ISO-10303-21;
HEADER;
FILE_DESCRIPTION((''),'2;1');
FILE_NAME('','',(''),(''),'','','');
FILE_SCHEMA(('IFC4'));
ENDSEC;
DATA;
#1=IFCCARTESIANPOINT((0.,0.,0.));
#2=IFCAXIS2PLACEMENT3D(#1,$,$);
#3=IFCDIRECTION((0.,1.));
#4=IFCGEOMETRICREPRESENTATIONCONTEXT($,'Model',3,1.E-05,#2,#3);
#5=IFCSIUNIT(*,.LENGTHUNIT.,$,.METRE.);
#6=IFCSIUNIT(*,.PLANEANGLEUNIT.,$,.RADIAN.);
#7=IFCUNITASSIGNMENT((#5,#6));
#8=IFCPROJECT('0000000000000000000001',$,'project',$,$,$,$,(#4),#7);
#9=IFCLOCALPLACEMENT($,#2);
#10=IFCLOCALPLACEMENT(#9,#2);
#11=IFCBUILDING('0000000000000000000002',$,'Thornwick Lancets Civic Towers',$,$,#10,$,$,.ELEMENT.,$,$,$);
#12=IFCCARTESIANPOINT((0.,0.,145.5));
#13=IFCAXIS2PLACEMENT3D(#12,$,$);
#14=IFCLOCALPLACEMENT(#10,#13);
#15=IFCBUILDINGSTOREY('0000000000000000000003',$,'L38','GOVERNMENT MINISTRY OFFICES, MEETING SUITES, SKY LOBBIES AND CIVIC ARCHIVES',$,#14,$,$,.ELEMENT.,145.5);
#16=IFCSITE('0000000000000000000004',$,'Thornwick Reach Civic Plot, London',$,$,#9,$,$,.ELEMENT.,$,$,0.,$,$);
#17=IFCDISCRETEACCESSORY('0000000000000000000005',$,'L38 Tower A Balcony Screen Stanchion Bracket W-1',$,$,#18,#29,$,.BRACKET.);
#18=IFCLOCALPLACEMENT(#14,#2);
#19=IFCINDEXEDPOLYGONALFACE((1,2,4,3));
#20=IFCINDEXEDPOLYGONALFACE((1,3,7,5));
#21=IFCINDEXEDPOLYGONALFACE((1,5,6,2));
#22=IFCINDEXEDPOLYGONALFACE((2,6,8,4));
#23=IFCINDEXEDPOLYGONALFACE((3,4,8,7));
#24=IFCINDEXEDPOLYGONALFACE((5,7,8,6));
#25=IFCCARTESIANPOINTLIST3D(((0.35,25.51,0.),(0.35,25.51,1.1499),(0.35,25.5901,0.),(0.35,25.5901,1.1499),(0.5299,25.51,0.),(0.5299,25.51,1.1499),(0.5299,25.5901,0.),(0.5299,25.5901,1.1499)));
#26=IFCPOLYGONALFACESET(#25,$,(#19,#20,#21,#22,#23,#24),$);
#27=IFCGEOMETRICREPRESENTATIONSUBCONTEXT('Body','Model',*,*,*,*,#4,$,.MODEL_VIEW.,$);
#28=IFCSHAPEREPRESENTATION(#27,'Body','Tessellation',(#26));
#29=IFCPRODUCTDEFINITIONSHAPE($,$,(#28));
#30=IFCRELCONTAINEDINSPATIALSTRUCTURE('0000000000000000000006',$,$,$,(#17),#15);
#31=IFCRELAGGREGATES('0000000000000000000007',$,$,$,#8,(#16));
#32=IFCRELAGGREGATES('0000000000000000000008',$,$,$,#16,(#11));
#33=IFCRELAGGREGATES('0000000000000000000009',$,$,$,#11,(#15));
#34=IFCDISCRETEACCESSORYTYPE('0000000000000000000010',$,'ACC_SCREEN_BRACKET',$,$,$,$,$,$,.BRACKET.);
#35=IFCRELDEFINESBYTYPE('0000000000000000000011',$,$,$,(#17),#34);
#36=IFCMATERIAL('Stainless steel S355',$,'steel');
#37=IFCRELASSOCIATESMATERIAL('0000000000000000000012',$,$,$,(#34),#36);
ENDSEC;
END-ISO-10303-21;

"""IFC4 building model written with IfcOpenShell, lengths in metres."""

from ifc_helpers import new_model, si_unit, direction, frame, origin, origin_2d, place, context, subcontext, project, spatial, rectangle, extrude, material, type_object, element, save


model = new_model("IFC4")

# Units and contexts
model_context = context("Model", 3, precision=1e-05, world=origin(), true_north=direction((0.0, 1.0)))
body_context = subcontext(model_context, "Body", "Model", "MODEL_VIEW")
ifc_project = project(units=[si_unit("LENGTHUNIT", "METRE"), si_unit("PLANEANGLEUNIT", "RADIAN")], contexts=[model_context])

# Site, building, storey
site_placement = place(None, origin())
site = spatial("IfcSite", under=ifc_project, at=site_placement, Name="Thornwick Reach Civic Plot, London", CompositionType="ELEMENT", RefElevation=0.0)
building_placement = place(site_placement, origin())
building = spatial("IfcBuilding", under=site, at=building_placement, Name="Thornwick Lancets Civic Towers", CompositionType="ELEMENT")
storey_placement = place(building_placement, frame((0.0, 0.0, 145.5)))
storey = spatial("IfcBuildingStorey", under=building, at=storey_placement, Name="L38", Description="GOVERNMENT MINISTRY OFFICES, MEETING SUITES, SKY LOBBIES AND CIVIC ARCHIVES", CompositionType="ELEMENT", Elevation=145.5)

# Discrete accessory
ifc_material_1 = material(Name="Stainless steel S355", Category="steel")
discrete_accessory_type_1 = type_object("IfcDiscreteAccessoryType", Name="ACC_SCREEN_BRACKET", PredefinedType="BRACKET", material=ifc_material_1)
discrete_accessory_1_placement = place(storey_placement, frame((0.4399, 25.55, 0.0), z_axis=(0.0, 0.0, 1.0), x_axis=(0.0, 1.0, 0.0)))
element("IfcDiscreteAccessory", 1, at=discrete_accessory_1_placement, inside=storey, type_object=discrete_accessory_type_1, Name="L38 Tower A Balcony Screen Stanchion Bracket W-1", PredefinedType="BRACKET", context=body_context, shape_type="SweptSolid", body=[
    extrude(rectangle(XDim=0.0801, YDim=0.1799, at=origin_2d()), origin(), (0.0, 0.0, 1.0), 1.1499),
])

save(model, "model.ifc")
